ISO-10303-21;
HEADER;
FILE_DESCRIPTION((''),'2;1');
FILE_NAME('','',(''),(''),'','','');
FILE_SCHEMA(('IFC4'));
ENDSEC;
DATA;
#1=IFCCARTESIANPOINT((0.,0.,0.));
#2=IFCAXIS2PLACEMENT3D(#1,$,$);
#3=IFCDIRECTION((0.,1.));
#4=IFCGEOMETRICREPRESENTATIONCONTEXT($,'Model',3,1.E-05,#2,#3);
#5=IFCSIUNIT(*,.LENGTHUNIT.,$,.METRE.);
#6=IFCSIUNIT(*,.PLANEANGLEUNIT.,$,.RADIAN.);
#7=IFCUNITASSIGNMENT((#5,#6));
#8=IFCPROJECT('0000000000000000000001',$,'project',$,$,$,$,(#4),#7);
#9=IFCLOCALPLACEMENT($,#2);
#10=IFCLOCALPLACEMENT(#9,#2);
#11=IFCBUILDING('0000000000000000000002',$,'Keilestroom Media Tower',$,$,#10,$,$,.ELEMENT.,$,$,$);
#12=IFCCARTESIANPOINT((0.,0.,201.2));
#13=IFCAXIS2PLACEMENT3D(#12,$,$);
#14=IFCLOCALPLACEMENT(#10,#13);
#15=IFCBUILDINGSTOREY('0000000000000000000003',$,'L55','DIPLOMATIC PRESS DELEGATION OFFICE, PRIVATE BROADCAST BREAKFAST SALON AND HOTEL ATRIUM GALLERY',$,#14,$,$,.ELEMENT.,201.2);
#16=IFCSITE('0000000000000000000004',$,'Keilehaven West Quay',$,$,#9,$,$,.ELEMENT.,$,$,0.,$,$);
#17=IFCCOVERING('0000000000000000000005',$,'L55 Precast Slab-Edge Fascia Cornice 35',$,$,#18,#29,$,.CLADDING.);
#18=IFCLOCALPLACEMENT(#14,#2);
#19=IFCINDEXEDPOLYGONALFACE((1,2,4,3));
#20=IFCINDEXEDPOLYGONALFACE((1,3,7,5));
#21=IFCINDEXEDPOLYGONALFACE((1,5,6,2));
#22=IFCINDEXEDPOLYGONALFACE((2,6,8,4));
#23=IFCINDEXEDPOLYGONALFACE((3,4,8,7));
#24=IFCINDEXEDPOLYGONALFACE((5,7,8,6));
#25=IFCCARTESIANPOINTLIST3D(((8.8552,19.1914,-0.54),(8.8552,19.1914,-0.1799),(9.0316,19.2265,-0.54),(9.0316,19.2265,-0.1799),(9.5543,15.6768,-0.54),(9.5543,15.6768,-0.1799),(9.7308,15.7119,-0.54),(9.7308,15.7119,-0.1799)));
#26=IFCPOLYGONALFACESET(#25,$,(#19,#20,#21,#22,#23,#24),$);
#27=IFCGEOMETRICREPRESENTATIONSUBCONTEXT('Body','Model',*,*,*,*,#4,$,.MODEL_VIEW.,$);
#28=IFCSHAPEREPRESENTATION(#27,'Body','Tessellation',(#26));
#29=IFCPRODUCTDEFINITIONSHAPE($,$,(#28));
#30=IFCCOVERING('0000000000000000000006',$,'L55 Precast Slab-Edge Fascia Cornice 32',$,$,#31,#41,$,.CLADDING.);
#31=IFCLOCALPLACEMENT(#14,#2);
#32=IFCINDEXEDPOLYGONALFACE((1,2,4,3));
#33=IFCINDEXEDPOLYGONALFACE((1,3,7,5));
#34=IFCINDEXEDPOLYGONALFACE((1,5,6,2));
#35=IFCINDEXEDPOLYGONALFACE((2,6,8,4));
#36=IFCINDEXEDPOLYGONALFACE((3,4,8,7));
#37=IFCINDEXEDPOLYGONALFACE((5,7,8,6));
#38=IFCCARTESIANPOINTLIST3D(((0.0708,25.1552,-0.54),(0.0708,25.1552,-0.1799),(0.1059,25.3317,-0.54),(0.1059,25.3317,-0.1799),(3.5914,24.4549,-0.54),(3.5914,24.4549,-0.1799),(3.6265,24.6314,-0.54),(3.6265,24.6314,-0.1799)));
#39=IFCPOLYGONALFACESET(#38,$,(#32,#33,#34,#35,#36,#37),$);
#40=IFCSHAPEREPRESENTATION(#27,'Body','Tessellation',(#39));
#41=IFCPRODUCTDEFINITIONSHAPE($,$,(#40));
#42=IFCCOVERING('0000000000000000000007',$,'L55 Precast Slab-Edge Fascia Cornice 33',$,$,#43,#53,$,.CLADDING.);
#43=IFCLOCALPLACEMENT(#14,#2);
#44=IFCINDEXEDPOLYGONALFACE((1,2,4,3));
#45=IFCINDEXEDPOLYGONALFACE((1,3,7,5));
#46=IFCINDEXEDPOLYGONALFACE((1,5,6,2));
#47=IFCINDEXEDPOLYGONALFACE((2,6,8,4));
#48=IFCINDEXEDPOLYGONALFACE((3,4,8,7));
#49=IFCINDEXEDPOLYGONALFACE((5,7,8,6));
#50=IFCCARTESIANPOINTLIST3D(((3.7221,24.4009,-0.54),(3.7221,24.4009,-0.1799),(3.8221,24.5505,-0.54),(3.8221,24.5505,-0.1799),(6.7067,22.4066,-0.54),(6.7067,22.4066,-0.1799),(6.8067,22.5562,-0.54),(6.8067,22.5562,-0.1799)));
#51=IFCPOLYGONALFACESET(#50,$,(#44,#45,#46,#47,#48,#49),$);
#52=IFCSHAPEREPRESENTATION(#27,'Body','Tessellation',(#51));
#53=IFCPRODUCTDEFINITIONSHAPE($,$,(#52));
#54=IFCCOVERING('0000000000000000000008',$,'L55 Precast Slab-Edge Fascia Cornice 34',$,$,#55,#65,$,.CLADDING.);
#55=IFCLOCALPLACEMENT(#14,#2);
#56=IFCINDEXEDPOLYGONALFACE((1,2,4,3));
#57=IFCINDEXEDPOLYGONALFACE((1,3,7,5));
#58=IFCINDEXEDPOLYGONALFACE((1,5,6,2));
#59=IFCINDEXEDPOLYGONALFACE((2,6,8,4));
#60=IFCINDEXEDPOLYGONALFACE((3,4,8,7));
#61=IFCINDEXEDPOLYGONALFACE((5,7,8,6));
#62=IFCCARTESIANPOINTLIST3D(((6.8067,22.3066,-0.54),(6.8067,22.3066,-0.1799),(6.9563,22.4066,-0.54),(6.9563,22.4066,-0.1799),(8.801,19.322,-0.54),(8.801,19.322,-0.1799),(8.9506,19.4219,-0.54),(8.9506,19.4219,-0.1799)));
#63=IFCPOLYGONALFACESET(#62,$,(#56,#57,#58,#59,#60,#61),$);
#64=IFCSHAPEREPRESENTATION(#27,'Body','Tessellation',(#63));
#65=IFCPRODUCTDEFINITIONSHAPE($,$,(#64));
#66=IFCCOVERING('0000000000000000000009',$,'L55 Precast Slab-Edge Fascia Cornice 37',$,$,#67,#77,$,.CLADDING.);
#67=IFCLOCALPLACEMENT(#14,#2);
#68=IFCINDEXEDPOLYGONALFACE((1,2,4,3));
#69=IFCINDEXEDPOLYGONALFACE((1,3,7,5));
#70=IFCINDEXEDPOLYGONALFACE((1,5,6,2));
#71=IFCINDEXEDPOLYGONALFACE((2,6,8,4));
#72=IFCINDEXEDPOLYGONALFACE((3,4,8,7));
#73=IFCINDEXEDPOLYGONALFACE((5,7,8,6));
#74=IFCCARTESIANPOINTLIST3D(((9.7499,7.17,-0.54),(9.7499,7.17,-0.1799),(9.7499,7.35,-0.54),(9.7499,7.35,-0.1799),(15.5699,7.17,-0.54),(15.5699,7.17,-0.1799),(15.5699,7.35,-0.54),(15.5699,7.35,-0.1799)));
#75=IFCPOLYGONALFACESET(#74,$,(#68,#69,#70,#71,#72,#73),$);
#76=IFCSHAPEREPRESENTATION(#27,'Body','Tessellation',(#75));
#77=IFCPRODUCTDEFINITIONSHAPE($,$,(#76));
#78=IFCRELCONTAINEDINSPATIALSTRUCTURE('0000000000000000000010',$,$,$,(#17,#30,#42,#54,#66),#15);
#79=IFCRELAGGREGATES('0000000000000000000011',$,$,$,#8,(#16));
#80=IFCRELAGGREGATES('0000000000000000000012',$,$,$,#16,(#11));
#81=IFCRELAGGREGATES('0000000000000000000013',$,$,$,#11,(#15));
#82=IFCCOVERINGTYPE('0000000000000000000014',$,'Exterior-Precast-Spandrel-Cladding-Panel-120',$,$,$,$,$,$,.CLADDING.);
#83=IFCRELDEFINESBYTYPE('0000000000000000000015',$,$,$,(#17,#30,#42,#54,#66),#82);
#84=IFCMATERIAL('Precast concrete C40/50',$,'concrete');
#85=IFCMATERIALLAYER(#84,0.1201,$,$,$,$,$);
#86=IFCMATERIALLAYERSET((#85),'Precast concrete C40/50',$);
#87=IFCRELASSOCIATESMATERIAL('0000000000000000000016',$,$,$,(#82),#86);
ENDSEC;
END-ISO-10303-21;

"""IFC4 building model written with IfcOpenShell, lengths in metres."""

from ifc_helpers import new_model, si_unit, direction, frame, origin, origin_2d, place, context, subcontext, project, spatial, rectangle, extrude, source, transform, mapped, material, layer, layer_set, type_object, element, save


model = new_model("IFC4")

# Units and contexts
model_context = context("Model", 3, precision=1e-05, world=origin(), true_north=direction((0.0, 1.0)))
body_context = subcontext(model_context, "Body", "Model", "MODEL_VIEW")
ifc_project = project(units=[si_unit("LENGTHUNIT", "METRE"), si_unit("PLANEANGLEUNIT", "RADIAN")], contexts=[model_context])

# Site, building, storey
site_placement = place(None, origin())
site = spatial("IfcSite", under=ifc_project, at=site_placement, Name="Keilehaven West Quay", CompositionType="ELEMENT", RefElevation=0.0)
building_placement = place(site_placement, origin())
building = spatial("IfcBuilding", under=site, at=building_placement, Name="Keilestroom Media Tower", CompositionType="ELEMENT")
storey_placement = place(building_placement, frame((0.0, 0.0, 201.2)))
storey = spatial("IfcBuildingStorey", under=building, at=storey_placement, Name="L55", Description="DIPLOMATIC PRESS DELEGATION OFFICE, PRIVATE BROADCAST BREAKFAST SALON AND HOTEL ATRIUM GALLERY", CompositionType="ELEMENT", Elevation=201.2)

# Shared definitions
ifc_material_1 = material(Name="Precast concrete C40/50", Category="concrete")

# Coverings
ifc_layer_1 = layer(ifc_material_1, 0.1201)
ifc_layer_set_1 = layer_set([ifc_layer_1], Name="Precast concrete C40/50")
covering_type = type_object("IfcCoveringType", Name="Exterior-Precast-Spandrel-Cladding-Panel-120", PredefinedType="CLADDING", material=ifc_layer_set_1)
shared_shape_1 = source(origin(), body_context, "Body", "SweptSolid", [
    extrude(rectangle(XDim=3.5835, YDim=0.1799, at=origin_2d()), origin(), (0.0, 0.0, 1.0), 0.3601),
])
covering_1_placement = place(storey_placement, frame((9.293, 17.4517, -0.54), z_axis=(0.0, 0.0, 1.0), x_axis=(0.195099, -0.980784, 0.0)))
element("IfcCovering", 1, at=covering_1_placement, inside=storey, type_object=covering_type, Name="L55 Precast Slab-Edge Fascia Cornice 35", PredefinedType="CLADDING", context=body_context, shape_type="MappedRepresentation", body=[
    mapped(shared_shape_1, transform((0.0, 0.0, 0.0), x_axis=(1.0, 0.0, 0.0), y_axis=(0.0, 1.0, 0.0), z_axis=(0.0, 0.0, 1.0), scale=1.0)),
])
shared_shape_2 = source(origin(), body_context, "Body", "SweptSolid", [
    extrude(rectangle(XDim=3.5896, YDim=0.1799, at=origin_2d()), origin(), (0.0, 0.0, 1.0), 0.3601),
])
for number, where, z_axis, x_axis, name in (
    (2, (1.8486, 24.8933, -0.54), (0.0, 0.0, 1.0), (0.980784, -0.195099, 0.0), "L55 Precast Slab-Edge Fascia Cornice 32"),
    (3, (5.2644, 23.4785, -0.54), (0.0, 0.0, 1.0), (0.831467, -0.555575, 0.0), "L55 Precast Slab-Edge Fascia Cornice 33"),
    (4, (7.8787, 20.8643, -0.54), (0.0, 0.0, 1.0), (0.555575, -0.831467, 0.0), "L55 Precast Slab-Edge Fascia Cornice 34"),
):
    element("IfcCovering", number, at=place(storey_placement, frame(where, z_axis=z_axis, x_axis=x_axis)), inside=storey, type_object=covering_type, Name=name, PredefinedType="CLADDING", context=body_context, shape_type="MappedRepresentation", body=[
        mapped(shared_shape_2, transform((0.0, 0.0, 0.0), x_axis=(1.0, 0.0, 0.0), y_axis=(0.0, 1.0, 0.0), z_axis=(0.0, 0.0, 1.0), scale=1.0)),
    ])
shared_shape_3 = source(origin(), body_context, "Body", "SweptSolid", [
    extrude(rectangle(XDim=5.8201, YDim=0.1799, at=origin_2d()), origin(), (0.0, 0.0, 1.0), 0.3601),
])
covering_2_placement = place(storey_placement, frame((12.6599, 7.26, -0.54), z_axis=(0.0, 0.0, 1.0), x_axis=(1.0, 0.0, 0.0)))
element("IfcCovering", 5, at=covering_2_placement, inside=storey, type_object=covering_type, Name="L55 Precast Slab-Edge Fascia Cornice 37", PredefinedType="CLADDING", context=body_context, shape_type="MappedRepresentation", body=[
    mapped(shared_shape_3, transform((0.0, 0.0, 0.0), x_axis=(1.0, 0.0, 0.0), y_axis=(0.0, 1.0, 0.0), z_axis=(0.0, 0.0, 1.0), scale=1.0)),
])

save(model, "model.ifc")
